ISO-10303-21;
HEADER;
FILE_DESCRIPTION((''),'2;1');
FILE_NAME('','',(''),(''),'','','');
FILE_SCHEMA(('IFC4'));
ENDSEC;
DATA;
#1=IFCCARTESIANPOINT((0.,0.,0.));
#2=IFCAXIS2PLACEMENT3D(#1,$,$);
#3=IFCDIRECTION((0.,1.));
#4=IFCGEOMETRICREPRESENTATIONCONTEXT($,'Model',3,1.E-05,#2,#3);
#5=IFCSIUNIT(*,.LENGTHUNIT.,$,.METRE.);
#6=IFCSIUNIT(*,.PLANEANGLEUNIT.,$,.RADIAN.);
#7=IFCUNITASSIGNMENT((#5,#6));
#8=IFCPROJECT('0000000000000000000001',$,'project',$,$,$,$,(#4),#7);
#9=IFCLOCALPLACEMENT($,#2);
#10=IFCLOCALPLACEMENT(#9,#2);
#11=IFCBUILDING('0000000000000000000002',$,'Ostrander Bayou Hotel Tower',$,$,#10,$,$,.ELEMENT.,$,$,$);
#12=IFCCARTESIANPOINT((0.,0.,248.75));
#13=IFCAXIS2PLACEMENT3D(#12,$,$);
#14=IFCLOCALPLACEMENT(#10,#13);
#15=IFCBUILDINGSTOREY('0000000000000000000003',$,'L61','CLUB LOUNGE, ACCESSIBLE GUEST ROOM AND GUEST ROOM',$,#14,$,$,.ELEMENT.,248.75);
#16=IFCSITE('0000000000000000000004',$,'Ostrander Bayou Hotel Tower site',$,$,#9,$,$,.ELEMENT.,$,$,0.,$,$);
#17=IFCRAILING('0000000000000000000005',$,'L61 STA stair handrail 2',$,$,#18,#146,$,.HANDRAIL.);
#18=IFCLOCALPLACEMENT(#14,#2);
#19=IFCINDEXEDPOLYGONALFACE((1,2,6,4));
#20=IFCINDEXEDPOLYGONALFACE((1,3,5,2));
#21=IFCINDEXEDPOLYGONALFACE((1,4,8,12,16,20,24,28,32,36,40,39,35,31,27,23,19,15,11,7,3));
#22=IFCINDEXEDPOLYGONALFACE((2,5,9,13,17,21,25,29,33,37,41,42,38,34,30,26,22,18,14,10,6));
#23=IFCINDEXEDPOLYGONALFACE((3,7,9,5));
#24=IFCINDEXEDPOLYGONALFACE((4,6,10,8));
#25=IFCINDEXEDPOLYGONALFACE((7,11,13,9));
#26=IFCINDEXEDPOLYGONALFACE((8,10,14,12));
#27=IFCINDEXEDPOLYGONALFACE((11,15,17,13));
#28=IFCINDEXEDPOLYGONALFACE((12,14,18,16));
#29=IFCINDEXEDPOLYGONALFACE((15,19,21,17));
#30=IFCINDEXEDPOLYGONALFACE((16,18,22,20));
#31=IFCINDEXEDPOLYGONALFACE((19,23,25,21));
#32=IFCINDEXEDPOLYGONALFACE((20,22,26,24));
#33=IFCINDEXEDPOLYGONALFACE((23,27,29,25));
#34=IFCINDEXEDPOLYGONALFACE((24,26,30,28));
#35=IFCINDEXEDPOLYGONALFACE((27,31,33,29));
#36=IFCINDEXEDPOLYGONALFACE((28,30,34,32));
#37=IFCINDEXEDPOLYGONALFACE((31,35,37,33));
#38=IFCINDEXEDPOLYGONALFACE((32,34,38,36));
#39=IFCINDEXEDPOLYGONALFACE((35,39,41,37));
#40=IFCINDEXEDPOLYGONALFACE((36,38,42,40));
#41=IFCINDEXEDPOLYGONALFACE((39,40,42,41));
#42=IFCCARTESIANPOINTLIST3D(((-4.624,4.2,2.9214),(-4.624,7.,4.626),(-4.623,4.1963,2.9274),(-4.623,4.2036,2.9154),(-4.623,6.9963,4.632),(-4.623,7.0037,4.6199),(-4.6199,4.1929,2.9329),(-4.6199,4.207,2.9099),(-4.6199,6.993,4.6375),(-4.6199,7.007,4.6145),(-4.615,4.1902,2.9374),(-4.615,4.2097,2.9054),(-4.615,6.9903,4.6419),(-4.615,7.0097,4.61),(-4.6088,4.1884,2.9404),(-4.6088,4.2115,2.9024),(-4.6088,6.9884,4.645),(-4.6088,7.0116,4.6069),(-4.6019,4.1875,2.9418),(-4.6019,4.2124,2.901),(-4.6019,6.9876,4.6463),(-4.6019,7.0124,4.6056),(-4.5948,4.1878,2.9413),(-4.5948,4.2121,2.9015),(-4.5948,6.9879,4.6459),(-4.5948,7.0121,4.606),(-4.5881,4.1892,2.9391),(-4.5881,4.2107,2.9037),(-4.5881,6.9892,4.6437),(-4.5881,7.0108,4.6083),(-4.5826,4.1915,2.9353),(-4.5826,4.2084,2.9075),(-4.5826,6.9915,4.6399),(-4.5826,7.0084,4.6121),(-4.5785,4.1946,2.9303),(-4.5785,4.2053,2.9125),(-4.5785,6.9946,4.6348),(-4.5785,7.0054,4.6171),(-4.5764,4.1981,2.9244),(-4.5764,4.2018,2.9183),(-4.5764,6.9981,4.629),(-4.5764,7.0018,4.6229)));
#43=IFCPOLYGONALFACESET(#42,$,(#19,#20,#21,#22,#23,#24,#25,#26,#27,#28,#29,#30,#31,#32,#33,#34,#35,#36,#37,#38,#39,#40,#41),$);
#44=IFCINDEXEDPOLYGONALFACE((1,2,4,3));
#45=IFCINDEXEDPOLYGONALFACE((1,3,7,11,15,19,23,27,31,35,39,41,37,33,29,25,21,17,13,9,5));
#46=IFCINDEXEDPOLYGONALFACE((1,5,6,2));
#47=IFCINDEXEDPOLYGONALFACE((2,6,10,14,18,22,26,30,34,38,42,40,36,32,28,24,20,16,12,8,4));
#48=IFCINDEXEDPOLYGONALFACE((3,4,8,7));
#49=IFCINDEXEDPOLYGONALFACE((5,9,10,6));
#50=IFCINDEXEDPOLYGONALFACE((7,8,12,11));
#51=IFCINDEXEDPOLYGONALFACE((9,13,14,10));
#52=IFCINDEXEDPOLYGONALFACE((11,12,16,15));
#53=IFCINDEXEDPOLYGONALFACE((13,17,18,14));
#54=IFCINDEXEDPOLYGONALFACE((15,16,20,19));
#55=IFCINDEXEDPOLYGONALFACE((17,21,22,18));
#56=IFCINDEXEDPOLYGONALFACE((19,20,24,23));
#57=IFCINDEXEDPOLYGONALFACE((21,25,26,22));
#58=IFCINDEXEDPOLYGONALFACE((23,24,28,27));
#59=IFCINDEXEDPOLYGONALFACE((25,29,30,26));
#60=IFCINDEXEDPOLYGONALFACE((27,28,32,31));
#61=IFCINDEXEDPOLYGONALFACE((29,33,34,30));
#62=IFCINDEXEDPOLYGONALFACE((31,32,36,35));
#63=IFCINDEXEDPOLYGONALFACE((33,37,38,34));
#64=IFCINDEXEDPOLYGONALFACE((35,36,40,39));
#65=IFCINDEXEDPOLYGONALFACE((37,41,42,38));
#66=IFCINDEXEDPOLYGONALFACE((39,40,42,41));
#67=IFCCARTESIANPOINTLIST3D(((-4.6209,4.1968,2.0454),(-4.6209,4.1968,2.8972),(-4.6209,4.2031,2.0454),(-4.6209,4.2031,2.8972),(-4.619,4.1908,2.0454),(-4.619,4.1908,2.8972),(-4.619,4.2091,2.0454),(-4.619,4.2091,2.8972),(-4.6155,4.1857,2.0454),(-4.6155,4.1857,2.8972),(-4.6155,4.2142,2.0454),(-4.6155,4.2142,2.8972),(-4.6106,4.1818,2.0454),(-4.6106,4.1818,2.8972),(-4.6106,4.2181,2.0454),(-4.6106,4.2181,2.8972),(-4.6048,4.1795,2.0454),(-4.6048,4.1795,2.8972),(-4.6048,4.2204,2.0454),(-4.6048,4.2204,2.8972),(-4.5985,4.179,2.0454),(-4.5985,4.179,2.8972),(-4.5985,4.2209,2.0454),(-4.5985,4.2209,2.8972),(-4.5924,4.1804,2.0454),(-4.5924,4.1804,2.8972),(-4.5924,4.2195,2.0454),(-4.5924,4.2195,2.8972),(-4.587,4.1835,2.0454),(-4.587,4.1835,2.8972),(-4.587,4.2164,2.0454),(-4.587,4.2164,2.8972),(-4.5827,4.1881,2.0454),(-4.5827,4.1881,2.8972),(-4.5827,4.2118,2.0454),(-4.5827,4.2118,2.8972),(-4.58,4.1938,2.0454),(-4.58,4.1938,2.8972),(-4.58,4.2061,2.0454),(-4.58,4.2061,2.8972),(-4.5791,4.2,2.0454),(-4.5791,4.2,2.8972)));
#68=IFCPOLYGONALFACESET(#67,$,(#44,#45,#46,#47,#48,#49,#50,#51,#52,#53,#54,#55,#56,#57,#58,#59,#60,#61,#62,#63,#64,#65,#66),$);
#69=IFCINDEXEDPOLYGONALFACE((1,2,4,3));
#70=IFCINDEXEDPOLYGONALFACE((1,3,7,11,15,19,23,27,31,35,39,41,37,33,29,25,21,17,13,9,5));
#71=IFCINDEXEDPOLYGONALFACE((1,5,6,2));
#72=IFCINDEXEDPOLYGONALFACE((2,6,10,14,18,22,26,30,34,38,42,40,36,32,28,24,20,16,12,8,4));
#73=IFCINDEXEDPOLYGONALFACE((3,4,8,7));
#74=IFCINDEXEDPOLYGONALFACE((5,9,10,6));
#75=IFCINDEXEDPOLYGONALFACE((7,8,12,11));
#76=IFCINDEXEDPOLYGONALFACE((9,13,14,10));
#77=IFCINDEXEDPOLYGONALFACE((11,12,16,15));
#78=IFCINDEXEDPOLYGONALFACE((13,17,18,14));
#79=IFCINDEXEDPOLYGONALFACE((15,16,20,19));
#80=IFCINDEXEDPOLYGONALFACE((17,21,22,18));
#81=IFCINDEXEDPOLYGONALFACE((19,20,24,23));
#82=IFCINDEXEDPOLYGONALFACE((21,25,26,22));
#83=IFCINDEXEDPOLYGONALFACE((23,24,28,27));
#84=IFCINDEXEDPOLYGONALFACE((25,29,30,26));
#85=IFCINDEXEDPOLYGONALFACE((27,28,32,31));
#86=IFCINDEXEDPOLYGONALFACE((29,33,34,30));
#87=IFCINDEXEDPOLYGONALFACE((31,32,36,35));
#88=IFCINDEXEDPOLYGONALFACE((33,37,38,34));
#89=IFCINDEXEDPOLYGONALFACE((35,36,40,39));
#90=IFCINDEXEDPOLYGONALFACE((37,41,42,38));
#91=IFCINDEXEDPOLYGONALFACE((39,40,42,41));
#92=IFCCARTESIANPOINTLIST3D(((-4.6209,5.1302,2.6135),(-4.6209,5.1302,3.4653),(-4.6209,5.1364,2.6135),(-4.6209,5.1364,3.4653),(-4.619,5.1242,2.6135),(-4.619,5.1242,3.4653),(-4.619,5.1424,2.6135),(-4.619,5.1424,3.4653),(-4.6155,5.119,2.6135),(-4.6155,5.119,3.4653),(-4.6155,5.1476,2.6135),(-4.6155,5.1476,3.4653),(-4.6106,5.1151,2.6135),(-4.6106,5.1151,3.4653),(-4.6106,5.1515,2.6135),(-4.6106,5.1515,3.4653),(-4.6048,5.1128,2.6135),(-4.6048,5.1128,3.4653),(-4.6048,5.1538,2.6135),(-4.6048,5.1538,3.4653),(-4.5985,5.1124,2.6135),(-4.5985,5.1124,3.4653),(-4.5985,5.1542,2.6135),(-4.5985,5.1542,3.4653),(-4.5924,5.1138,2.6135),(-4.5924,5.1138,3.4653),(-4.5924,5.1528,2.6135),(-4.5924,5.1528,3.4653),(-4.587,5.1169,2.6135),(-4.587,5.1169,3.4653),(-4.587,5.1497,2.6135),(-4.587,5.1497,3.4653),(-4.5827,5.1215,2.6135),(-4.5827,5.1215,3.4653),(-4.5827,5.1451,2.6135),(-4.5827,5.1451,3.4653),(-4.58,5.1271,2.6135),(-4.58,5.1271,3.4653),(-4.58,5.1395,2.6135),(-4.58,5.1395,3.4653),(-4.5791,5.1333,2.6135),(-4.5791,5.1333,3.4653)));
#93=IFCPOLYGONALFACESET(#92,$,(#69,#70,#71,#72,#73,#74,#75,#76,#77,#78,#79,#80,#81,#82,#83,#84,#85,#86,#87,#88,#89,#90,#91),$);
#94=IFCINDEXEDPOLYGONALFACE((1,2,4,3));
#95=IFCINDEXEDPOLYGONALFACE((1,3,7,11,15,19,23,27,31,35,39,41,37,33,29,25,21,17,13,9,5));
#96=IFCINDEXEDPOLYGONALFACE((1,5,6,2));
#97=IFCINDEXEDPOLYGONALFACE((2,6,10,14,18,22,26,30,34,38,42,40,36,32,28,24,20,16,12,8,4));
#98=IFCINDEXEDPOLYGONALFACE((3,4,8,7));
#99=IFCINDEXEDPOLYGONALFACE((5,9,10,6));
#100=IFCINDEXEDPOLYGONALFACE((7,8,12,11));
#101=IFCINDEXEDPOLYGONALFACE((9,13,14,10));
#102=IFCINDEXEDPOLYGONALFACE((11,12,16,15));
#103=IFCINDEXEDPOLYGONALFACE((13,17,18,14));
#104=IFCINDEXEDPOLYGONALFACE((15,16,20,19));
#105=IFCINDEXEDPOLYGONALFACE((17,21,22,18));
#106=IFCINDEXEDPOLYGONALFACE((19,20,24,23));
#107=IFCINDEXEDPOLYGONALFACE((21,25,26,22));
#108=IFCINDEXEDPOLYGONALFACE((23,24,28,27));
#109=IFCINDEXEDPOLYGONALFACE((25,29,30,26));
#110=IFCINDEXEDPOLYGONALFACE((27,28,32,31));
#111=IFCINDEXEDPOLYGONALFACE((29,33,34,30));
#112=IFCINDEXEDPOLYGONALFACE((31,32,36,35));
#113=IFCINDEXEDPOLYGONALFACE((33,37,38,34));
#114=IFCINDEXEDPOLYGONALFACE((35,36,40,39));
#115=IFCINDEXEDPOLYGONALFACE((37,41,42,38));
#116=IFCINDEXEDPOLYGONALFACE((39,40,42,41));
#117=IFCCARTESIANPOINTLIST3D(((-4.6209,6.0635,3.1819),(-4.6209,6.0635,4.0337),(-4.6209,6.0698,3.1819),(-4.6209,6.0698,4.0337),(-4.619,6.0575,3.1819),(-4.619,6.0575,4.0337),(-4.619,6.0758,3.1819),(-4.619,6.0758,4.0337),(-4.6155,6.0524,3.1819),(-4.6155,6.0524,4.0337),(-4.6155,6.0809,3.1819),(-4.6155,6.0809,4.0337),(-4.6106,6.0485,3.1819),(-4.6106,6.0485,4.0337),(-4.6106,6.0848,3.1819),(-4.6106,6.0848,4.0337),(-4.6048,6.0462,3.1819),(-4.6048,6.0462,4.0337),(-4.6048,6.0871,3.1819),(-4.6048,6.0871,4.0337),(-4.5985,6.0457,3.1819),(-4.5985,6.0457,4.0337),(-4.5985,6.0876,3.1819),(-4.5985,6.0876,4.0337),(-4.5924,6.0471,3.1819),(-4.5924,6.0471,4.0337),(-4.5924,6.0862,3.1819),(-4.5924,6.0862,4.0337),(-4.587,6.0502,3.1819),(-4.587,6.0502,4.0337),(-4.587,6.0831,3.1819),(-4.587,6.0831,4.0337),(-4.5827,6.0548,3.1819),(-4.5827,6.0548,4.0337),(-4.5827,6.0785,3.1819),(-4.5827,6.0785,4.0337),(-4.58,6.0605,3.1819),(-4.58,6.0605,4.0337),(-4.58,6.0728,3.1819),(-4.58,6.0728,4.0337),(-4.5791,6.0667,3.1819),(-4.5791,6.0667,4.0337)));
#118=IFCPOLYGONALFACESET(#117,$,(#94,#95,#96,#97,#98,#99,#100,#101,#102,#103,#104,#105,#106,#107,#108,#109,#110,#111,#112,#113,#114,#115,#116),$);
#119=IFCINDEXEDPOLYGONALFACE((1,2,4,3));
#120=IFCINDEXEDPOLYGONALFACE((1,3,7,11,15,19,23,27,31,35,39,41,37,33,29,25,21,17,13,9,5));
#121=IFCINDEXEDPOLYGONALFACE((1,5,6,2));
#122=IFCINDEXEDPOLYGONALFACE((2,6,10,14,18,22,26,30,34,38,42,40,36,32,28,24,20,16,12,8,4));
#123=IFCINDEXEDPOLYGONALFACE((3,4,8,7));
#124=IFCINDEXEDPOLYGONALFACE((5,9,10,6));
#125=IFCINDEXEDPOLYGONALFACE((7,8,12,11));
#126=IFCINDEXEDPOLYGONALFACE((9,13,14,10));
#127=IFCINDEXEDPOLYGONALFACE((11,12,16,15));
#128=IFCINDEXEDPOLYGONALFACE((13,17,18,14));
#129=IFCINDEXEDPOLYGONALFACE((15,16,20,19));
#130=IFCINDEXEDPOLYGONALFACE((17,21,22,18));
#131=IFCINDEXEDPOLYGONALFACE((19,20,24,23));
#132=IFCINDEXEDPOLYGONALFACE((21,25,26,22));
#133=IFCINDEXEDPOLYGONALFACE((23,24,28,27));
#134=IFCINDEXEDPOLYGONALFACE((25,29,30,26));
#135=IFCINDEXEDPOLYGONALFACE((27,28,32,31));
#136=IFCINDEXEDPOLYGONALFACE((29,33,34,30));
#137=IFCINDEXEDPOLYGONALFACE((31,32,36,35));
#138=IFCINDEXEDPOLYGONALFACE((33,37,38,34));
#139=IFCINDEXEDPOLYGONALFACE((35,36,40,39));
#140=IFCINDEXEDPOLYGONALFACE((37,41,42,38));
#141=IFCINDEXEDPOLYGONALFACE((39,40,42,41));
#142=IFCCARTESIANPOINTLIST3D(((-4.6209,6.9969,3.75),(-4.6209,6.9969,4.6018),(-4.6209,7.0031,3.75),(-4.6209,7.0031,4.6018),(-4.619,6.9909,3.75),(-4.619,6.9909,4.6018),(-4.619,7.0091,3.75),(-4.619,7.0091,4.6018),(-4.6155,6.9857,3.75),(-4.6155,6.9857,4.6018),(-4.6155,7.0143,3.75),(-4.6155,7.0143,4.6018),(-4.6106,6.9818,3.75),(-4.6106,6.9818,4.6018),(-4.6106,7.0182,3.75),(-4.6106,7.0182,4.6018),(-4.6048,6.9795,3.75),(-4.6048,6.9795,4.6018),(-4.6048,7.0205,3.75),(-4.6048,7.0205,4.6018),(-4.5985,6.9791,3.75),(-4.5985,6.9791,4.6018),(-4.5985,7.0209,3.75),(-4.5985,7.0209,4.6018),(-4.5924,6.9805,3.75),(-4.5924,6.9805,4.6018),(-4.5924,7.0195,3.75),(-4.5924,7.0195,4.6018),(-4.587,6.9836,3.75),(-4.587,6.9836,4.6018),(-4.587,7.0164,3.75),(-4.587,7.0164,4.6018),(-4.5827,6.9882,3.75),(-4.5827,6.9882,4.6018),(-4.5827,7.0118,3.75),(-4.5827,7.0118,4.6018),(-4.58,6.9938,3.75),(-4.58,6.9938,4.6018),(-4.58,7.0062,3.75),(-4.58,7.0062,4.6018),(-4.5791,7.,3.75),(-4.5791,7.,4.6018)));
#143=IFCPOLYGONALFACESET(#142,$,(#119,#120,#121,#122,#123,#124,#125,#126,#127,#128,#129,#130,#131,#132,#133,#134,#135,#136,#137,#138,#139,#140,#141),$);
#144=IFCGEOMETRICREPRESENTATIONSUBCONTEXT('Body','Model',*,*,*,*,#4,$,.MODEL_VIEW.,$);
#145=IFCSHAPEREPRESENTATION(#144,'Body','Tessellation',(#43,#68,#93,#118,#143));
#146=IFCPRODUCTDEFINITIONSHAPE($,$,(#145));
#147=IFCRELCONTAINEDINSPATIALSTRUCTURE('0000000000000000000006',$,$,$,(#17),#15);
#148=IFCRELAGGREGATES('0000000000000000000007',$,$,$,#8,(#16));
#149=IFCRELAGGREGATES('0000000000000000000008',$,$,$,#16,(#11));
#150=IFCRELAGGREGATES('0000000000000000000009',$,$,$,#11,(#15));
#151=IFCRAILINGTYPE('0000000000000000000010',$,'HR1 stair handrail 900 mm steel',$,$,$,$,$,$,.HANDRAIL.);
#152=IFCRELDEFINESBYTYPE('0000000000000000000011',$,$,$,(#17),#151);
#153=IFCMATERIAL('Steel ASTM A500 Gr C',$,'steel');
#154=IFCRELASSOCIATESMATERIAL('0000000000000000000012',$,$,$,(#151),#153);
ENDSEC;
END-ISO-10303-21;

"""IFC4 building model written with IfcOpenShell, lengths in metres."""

from ifc_helpers import new_model, si_unit, direction, frame, origin, origin_2d, place, context, subcontext, project, spatial, circle, extrude, material, type_object, element, save


model = new_model("IFC4")

# Units and contexts
model_context = context("Model", 3, precision=1e-05, world=origin(), true_north=direction((0.0, 1.0)))
body_context = subcontext(model_context, "Body", "Model", "MODEL_VIEW")
ifc_project = project(units=[si_unit("LENGTHUNIT", "METRE"), si_unit("PLANEANGLEUNIT", "RADIAN")], contexts=[model_context])

# Site, building, storey
site_placement = place(None, origin())
site = spatial("IfcSite", under=ifc_project, at=site_placement, Name="Ostrander Bayou Hotel Tower site", CompositionType="ELEMENT", RefElevation=0.0)
building_placement = place(site_placement, origin())
building = spatial("IfcBuilding", under=site, at=building_placement, Name="Ostrander Bayou Hotel Tower", CompositionType="ELEMENT")
storey_placement = place(building_placement, frame((0.0, 0.0, 248.75)))
storey = spatial("IfcBuildingStorey", under=building, at=storey_placement, Name="L61", Description="CLUB LOUNGE, ACCESSIBLE GUEST ROOM AND GUEST ROOM", CompositionType="ELEMENT", Elevation=248.75)

# Railing
ifc_material_1 = material(Name="Steel ASTM A500 Gr C", Category="steel")
railing_type_1 = type_object("IfcRailingType", Name="HR1 stair handrail 900 mm steel", PredefinedType="HANDRAIL", material=ifc_material_1)
railing_1_placement = place(storey_placement, frame((-4.6001, 4.2, 2.0454)))
element("IfcRailing", 1, at=railing_1_placement, inside=storey, type_object=railing_type_1, Name="L61 STA stair handrail 2", PredefinedType="HANDRAIL", context=body_context, shape_type="SweptSolid", body=[
    extrude(circle(Radius=0.0239, at=origin_2d()), frame((0.0, 0.0, 0.876), z_axis=(0.0, 0.85417, 0.519994), x_axis=(-1.0, 0.0, 0.0)), (0.0, 0.0, 1.0), 3.2781),
    extrude(circle(Radius=0.021, at=origin_2d()), origin(), (0.0, 0.0, 1.0), 0.8518),
    extrude(circle(Radius=0.021, at=origin_2d()), frame((0.0, 0.9333, 0.5681)), (0.0, 0.0, 1.0), 0.8518),
    extrude(circle(Radius=0.021, at=origin_2d()), frame((0.0, 1.8667, 1.1365)), (0.0, 0.0, 1.0), 0.8518),
    extrude(circle(Radius=0.021, at=origin_2d()), frame((0.0, 2.8, 1.7046)), (0.0, 0.0, 1.0), 0.8518),
])

save(model, "model.ifc")
